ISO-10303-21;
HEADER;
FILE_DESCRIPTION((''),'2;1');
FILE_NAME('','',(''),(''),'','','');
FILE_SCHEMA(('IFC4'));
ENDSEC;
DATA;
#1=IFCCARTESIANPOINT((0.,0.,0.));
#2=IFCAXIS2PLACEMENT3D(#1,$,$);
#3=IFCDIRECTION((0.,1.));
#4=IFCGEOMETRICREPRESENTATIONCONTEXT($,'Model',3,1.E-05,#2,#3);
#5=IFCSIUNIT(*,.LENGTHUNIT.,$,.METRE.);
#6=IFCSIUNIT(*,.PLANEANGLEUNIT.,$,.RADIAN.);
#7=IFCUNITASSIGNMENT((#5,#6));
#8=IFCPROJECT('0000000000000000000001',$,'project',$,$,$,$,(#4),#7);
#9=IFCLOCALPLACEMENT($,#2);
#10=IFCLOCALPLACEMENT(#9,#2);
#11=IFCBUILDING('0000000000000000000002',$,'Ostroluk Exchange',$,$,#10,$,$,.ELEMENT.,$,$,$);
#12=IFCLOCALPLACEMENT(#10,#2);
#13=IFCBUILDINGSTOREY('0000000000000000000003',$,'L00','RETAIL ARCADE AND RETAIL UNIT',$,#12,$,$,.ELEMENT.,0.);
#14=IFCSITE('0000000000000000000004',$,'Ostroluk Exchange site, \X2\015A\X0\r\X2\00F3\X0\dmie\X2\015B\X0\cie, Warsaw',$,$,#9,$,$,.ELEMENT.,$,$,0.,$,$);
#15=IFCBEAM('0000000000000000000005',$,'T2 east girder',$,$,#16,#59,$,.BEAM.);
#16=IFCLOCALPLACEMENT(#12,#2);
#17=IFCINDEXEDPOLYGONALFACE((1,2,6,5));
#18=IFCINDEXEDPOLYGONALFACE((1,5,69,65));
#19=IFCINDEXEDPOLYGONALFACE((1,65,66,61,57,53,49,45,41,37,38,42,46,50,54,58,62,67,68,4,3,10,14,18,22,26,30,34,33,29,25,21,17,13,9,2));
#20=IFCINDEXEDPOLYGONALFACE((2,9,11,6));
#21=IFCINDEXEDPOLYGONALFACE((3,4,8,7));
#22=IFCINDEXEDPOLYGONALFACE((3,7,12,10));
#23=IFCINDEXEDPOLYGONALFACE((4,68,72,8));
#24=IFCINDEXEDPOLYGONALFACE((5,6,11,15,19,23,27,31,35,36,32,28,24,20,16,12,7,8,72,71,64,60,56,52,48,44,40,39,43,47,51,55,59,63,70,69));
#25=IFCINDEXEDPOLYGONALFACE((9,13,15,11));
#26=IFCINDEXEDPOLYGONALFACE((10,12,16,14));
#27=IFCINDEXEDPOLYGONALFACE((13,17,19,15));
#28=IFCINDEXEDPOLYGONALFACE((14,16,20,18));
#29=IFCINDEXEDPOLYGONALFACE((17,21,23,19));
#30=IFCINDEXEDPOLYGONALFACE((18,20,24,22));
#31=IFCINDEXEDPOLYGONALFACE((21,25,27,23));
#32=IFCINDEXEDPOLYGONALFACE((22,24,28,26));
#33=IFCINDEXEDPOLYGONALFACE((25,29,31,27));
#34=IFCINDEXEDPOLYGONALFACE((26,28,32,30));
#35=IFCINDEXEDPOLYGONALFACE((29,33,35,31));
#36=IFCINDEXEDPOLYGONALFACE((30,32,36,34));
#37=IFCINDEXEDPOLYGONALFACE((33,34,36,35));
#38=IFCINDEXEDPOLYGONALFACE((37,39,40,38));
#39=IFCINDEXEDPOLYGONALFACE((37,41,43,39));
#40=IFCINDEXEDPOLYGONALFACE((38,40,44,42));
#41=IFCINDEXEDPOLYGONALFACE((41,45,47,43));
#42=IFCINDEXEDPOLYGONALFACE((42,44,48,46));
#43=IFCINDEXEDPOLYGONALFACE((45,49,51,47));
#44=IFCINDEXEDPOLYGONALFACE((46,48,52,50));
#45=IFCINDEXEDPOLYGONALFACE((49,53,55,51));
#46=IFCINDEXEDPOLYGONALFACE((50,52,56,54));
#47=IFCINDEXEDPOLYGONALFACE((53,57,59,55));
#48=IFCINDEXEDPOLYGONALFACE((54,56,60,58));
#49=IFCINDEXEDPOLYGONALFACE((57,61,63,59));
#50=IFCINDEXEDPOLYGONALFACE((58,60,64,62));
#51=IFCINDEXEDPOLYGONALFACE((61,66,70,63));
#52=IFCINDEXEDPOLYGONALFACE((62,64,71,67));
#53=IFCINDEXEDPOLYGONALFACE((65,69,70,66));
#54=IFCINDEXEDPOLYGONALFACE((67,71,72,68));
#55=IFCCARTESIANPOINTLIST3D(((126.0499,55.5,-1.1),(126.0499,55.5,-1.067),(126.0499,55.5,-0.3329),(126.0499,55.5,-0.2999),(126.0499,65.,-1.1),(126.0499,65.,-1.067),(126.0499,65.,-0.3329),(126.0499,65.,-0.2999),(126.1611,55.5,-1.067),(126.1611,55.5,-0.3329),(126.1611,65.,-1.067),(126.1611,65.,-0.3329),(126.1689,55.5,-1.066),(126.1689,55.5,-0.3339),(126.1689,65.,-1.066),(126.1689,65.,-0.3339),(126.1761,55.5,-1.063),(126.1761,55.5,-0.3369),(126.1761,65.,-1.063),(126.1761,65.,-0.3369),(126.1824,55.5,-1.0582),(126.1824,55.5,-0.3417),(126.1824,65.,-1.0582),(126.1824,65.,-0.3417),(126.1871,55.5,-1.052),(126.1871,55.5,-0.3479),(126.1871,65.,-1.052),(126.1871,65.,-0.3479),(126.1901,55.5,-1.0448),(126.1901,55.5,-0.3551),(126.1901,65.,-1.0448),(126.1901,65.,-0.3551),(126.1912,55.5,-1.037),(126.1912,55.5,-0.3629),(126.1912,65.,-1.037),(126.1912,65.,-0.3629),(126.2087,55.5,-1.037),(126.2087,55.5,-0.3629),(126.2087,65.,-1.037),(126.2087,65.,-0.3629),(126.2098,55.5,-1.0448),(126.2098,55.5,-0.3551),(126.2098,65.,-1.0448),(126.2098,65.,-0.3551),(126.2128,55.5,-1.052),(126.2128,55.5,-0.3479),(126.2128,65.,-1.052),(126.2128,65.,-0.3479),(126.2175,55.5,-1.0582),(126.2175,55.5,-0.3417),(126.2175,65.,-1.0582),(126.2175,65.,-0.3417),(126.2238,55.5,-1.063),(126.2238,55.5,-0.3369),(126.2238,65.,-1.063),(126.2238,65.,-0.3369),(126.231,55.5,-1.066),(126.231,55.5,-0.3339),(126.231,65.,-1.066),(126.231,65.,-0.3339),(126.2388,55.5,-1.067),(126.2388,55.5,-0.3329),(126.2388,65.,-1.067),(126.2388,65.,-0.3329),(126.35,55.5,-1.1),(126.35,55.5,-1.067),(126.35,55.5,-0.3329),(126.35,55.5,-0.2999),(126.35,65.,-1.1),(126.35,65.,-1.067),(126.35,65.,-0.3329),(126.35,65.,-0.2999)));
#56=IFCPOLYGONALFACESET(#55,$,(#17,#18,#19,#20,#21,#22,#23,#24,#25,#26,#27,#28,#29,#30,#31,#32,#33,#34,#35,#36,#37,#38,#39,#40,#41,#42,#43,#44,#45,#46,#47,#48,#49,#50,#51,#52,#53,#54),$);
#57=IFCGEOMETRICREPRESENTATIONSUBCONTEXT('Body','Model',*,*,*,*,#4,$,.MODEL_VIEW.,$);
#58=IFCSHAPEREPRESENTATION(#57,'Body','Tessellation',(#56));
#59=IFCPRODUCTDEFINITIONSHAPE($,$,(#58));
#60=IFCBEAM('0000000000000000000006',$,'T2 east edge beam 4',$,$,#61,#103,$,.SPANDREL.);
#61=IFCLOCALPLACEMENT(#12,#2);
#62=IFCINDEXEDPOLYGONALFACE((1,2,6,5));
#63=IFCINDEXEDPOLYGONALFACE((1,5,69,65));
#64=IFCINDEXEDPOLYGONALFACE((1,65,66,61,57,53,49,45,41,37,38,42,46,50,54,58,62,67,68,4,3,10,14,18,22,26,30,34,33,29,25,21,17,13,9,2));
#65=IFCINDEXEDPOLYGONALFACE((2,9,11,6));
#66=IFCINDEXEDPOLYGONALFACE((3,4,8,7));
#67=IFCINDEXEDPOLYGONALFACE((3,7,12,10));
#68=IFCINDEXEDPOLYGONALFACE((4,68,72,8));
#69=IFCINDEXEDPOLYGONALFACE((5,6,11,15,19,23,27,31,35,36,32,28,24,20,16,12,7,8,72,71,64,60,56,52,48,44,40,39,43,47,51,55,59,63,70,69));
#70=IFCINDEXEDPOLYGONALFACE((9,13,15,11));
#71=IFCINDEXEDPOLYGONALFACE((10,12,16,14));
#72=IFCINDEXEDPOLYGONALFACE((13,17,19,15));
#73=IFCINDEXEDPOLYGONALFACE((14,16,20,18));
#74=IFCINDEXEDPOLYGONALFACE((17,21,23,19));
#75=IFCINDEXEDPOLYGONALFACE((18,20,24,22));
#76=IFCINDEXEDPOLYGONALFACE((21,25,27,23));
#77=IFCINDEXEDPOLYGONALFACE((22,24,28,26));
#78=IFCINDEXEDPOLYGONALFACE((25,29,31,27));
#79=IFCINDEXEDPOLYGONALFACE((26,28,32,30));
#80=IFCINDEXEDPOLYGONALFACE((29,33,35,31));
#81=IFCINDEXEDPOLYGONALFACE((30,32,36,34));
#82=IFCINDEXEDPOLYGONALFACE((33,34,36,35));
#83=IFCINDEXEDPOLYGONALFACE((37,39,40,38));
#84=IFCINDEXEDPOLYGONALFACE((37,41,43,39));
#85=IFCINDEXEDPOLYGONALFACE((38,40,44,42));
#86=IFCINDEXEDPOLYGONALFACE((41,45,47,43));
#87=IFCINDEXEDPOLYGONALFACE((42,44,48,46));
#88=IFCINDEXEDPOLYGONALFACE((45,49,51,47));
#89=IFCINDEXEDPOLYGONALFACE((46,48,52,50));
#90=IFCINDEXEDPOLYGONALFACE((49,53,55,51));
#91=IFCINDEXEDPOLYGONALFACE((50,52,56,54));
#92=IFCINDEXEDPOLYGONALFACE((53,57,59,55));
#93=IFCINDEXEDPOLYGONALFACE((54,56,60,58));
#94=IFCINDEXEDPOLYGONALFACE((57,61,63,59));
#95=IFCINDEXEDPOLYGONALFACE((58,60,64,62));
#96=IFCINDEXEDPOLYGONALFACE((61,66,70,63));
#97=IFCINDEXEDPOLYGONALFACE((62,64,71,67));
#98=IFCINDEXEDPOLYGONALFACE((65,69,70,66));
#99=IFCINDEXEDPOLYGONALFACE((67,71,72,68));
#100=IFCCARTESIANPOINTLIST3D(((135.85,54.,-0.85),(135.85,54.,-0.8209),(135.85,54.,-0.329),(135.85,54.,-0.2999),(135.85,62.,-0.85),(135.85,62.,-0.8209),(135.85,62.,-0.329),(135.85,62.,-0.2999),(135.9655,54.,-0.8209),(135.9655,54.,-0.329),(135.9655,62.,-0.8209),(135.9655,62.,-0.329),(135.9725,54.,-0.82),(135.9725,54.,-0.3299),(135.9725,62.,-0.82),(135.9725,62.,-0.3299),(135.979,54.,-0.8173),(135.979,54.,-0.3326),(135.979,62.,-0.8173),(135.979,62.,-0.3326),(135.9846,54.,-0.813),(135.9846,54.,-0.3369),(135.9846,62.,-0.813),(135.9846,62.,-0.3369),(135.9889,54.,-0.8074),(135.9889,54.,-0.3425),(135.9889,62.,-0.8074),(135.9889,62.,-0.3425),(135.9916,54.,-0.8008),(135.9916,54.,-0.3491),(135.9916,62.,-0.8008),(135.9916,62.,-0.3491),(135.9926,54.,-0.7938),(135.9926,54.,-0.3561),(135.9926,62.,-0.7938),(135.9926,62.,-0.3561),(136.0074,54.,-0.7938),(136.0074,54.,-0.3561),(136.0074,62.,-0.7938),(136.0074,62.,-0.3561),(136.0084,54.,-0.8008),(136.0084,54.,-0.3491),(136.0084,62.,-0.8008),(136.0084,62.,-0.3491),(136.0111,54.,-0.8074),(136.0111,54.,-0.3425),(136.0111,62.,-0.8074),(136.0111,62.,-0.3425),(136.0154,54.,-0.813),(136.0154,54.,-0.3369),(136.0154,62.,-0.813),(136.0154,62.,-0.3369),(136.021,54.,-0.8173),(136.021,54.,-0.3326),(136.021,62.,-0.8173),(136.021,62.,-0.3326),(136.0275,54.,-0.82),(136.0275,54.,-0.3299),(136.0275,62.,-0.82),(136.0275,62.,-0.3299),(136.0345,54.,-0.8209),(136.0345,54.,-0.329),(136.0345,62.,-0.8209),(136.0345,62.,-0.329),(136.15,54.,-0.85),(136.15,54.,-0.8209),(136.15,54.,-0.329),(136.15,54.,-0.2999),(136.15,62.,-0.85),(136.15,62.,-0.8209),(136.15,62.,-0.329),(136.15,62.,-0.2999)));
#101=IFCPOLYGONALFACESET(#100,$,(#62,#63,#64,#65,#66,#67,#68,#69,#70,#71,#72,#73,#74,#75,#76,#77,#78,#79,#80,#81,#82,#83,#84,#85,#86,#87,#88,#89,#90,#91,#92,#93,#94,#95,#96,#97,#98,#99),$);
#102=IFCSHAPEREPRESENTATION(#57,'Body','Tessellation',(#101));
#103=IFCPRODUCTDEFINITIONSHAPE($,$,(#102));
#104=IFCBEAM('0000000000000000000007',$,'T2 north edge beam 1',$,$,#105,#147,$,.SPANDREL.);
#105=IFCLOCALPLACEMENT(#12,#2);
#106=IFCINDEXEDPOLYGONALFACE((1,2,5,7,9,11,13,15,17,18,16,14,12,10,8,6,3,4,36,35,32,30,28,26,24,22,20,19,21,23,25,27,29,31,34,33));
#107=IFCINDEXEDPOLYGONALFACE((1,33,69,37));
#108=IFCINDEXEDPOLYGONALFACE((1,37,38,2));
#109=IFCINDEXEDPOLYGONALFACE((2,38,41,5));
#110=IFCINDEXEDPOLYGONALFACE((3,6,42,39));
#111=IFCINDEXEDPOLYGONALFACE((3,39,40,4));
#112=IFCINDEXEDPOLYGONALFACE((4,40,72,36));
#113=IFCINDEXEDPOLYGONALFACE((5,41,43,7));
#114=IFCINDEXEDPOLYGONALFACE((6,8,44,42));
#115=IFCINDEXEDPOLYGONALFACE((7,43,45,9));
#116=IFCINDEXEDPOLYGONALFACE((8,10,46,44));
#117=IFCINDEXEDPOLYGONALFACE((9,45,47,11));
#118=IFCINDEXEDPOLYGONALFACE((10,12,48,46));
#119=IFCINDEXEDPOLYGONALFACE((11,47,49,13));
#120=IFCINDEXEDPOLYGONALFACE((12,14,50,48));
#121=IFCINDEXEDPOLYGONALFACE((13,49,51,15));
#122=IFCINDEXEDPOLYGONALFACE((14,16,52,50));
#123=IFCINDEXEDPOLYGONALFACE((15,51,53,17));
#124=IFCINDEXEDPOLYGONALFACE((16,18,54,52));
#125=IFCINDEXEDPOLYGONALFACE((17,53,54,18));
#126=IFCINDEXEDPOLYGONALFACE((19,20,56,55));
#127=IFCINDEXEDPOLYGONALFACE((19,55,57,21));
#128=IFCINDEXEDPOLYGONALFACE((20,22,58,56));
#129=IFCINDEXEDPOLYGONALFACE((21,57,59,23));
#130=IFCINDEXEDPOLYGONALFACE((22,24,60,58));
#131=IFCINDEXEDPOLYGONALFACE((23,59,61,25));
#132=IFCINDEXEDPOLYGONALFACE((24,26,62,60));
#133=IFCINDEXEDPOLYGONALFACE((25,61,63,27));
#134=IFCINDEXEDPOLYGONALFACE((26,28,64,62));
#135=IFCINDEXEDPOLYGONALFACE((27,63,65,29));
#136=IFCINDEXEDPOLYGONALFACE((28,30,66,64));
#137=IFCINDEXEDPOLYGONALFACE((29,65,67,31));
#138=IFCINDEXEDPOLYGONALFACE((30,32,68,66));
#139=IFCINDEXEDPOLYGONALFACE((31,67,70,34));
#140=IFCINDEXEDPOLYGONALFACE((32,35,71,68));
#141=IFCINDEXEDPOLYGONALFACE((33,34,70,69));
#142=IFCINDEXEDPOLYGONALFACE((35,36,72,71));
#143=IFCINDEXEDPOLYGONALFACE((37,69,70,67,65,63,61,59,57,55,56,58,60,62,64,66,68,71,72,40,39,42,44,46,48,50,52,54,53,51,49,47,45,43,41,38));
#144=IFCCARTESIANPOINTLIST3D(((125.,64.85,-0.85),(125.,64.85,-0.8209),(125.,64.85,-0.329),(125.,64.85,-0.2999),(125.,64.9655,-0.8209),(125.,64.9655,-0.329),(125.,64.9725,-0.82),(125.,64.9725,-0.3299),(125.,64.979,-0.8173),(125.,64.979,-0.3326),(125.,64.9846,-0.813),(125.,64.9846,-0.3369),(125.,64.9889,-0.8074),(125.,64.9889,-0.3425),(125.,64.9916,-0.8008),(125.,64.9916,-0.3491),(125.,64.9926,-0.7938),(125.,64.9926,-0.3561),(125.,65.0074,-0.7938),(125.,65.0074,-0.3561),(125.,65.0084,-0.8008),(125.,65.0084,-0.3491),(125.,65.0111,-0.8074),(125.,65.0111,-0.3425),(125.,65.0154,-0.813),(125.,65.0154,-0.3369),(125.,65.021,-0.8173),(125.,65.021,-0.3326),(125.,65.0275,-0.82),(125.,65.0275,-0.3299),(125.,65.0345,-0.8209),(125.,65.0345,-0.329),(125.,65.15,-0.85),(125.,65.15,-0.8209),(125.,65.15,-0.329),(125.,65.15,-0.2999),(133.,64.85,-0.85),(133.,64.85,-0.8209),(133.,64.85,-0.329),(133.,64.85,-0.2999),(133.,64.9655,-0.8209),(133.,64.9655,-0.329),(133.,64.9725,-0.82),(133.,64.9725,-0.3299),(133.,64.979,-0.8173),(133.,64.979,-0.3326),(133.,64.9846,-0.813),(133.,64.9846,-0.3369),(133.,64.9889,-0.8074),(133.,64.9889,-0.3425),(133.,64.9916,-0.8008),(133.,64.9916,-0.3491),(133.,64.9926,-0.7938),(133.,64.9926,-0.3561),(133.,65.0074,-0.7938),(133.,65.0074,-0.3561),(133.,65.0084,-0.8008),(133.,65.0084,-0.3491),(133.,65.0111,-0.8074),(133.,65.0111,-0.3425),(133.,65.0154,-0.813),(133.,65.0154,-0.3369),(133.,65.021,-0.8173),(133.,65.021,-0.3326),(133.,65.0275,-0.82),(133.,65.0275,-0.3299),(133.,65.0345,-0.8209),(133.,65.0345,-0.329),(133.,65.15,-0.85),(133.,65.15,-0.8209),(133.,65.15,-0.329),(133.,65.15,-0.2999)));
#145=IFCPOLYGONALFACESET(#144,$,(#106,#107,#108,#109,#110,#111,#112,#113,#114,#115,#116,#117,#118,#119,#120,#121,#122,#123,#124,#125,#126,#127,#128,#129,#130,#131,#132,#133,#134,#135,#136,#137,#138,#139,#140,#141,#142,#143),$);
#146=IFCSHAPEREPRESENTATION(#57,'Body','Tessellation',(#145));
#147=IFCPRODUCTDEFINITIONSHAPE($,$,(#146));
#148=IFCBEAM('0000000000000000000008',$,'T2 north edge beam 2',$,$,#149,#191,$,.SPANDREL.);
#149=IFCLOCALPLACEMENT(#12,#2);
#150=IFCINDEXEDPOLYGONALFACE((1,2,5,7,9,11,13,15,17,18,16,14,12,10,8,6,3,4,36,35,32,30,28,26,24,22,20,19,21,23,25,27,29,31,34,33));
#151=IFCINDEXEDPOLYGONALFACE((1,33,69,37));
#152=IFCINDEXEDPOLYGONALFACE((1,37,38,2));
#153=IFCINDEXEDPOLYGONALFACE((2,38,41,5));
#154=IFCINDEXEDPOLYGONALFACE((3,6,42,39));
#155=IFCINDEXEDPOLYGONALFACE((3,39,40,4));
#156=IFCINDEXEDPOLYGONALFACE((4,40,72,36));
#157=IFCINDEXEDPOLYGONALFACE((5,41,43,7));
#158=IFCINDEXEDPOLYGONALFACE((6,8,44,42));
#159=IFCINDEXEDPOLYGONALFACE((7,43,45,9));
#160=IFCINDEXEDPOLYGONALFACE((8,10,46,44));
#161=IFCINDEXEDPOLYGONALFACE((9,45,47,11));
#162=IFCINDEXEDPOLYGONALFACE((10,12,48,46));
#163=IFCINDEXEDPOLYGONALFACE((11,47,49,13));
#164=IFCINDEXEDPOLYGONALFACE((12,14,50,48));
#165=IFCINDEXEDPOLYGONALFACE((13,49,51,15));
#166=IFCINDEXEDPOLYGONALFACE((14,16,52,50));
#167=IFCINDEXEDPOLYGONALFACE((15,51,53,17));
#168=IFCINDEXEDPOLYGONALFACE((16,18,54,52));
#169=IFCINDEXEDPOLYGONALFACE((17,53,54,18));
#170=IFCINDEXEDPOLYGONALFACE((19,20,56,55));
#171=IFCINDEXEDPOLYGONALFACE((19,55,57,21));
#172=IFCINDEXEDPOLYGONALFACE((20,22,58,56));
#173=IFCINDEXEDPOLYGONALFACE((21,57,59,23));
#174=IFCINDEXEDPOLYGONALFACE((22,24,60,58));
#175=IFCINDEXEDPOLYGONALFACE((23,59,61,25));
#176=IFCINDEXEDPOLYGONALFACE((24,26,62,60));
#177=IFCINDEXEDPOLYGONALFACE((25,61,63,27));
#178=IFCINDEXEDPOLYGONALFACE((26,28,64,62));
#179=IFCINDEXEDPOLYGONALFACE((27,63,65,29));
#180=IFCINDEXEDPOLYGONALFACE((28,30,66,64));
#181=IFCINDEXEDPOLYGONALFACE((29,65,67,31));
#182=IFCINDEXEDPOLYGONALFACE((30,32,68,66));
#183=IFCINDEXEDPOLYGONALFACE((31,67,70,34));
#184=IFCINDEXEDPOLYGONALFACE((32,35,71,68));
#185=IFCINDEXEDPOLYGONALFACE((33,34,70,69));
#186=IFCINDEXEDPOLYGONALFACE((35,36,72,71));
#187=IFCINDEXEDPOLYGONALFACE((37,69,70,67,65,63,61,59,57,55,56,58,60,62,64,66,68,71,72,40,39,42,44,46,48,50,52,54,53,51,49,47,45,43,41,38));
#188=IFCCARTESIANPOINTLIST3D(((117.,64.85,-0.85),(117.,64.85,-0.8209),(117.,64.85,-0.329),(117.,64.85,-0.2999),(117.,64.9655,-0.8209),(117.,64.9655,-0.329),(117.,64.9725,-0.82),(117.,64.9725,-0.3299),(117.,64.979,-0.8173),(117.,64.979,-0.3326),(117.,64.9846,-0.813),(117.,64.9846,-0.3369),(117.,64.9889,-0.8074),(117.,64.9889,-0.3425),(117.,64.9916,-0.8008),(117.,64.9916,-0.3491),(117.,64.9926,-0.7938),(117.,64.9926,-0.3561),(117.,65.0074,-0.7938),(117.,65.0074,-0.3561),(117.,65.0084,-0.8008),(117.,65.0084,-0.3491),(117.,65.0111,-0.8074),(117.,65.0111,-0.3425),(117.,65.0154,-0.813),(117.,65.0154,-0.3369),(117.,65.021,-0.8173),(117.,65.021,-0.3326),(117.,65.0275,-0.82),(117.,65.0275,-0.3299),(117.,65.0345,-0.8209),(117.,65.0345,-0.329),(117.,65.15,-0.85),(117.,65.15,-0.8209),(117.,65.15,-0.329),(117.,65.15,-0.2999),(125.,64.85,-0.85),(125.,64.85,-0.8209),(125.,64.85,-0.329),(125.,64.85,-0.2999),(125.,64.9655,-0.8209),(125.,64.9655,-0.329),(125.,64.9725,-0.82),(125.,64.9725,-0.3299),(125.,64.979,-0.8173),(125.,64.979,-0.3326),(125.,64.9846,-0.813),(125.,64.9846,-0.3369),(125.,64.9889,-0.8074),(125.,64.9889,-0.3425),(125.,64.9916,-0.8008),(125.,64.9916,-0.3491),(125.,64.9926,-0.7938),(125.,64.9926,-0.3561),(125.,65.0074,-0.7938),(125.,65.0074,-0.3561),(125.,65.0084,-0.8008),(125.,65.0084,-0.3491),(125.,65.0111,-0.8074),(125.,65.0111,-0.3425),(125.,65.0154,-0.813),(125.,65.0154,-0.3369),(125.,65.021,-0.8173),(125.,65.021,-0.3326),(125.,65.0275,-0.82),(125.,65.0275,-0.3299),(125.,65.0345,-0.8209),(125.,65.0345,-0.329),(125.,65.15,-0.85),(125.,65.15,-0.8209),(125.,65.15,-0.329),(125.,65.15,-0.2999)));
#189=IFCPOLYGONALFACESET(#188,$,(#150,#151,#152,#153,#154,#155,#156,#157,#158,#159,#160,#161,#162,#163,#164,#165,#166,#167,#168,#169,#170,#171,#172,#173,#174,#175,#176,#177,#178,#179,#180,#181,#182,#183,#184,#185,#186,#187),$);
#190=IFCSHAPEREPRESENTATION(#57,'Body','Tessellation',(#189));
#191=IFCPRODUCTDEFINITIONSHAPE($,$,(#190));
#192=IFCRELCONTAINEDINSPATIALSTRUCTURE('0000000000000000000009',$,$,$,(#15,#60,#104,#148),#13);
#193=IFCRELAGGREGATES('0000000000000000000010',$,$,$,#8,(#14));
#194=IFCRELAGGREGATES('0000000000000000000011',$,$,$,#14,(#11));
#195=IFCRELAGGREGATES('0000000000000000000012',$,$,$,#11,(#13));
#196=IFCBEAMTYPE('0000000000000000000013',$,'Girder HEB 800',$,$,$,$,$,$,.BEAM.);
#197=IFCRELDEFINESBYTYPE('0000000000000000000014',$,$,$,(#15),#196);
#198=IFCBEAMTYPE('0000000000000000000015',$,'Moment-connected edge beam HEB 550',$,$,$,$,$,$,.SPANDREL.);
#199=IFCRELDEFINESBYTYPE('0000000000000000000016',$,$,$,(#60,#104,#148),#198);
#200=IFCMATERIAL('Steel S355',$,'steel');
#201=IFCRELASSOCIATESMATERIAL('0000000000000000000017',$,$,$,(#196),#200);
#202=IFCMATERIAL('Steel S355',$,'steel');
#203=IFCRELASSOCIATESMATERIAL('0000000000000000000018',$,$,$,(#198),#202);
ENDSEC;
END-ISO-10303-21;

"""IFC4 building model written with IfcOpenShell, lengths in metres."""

from ifc_helpers import new_model, si_unit, direction, frame, origin, origin_2d, place, context, subcontext, project, spatial, i_section, extrude, material, material_profile, profile_set, type_object, element, save


model = new_model("IFC4")

# Units and contexts
model_context = context("Model", 3, precision=1e-05, world=origin(), true_north=direction((0.0, 1.0)))
body_context = subcontext(model_context, "Body", "Model", "MODEL_VIEW")
ifc_project = project(units=[si_unit("LENGTHUNIT", "METRE"), si_unit("PLANEANGLEUNIT", "RADIAN")], contexts=[model_context])

# Site, building, storey
site_placement = place(None, origin())
site = spatial("IfcSite", under=ifc_project, at=site_placement, Name="Ostroluk Exchange site, Śródmieście, Warsaw", CompositionType="ELEMENT", RefElevation=0.0)
building_placement = place(site_placement, origin())
building = spatial("IfcBuilding", under=site, at=building_placement, Name="Ostroluk Exchange", CompositionType="ELEMENT")
storey_placement = place(building_placement, origin())
storey = spatial("IfcBuildingStorey", under=building, at=storey_placement, Name="L00", Description="RETAIL ARCADE AND RETAIL UNIT", CompositionType="ELEMENT", Elevation=0.0)

# Beams
ifc_material_1 = material(Name="Steel S355", Category="steel")
ifc_material_profile_1 = material_profile(ifc_material_1, i_section(OverallWidth=0.3, OverallDepth=0.8, WebThickness=0.0176, FlangeThickness=0.033, FilletRadius=0.03, at=origin_2d()), Name="HEB 800")
ifc_profile_set_1 = profile_set([ifc_material_profile_1], Name="Steel S355")
beam_type_1 = type_object("IfcBeamType", Name="Girder HEB 800", PredefinedType="BEAM", material=ifc_profile_set_1)
beam_1_placement = place(storey_placement, frame((126.2, 55.5, -0.7), z_axis=(0.0, 1.0, 0.0), x_axis=(-1.0, 0.0, 0.0)))
element("IfcBeam", 1, at=beam_1_placement, inside=storey, type_object=beam_type_1, Name="T2 east girder", PredefinedType="BEAM", context=body_context, shape_type="SweptSolid", body=[
    extrude(i_section(OverallWidth=0.3, OverallDepth=0.8, WebThickness=0.0176, FlangeThickness=0.033, FilletRadius=0.03, at=origin_2d()), origin(), (0.0, 0.0, 1.0), 9.5),
])
ifc_material_2 = material(Name="Steel S355", Category="steel")
ifc_material_profile_2 = material_profile(ifc_material_2, i_section(OverallWidth=0.3, OverallDepth=0.55, WebThickness=0.0149, FlangeThickness=0.0291, FilletRadius=0.0271, at=origin_2d()), Name="HEB 550")
ifc_profile_set_2 = profile_set([ifc_material_profile_2], Name="Steel S355")
beam_type_2 = type_object("IfcBeamType", Name="Moment-connected edge beam HEB 550", PredefinedType="SPANDREL", material=ifc_profile_set_2)
for number, where, z_axis, x_axis, name in (
    (2, (136.0, 54.0, -0.575), (0.0, 1.0, 0.0), (-1.0, 0.0, 0.0), "T2 east edge beam 4"),
    (3, (133.0, 65.0, -0.575), (-1.0, 0.0, 0.0), (0.0, -1.0, 0.0), "T2 north edge beam 1"),
    (4, (125.0, 65.0, -0.575), (-1.0, 0.0, 0.0), (0.0, -1.0, 0.0), "T2 north edge beam 2"),
):
    element("IfcBeam", number, at=place(storey_placement, frame(where, z_axis=z_axis, x_axis=x_axis)), inside=storey, type_object=beam_type_2, Name=name, PredefinedType="SPANDREL", context=body_context, shape_type="SweptSolid", body=[
        extrude(i_section(OverallWidth=0.3, OverallDepth=0.55, WebThickness=0.0149, FlangeThickness=0.0291, FilletRadius=0.0271, at=origin_2d()), origin(), (0.0, 0.0, 1.0), 8.0),
    ])

save(model, "model.ifc")
